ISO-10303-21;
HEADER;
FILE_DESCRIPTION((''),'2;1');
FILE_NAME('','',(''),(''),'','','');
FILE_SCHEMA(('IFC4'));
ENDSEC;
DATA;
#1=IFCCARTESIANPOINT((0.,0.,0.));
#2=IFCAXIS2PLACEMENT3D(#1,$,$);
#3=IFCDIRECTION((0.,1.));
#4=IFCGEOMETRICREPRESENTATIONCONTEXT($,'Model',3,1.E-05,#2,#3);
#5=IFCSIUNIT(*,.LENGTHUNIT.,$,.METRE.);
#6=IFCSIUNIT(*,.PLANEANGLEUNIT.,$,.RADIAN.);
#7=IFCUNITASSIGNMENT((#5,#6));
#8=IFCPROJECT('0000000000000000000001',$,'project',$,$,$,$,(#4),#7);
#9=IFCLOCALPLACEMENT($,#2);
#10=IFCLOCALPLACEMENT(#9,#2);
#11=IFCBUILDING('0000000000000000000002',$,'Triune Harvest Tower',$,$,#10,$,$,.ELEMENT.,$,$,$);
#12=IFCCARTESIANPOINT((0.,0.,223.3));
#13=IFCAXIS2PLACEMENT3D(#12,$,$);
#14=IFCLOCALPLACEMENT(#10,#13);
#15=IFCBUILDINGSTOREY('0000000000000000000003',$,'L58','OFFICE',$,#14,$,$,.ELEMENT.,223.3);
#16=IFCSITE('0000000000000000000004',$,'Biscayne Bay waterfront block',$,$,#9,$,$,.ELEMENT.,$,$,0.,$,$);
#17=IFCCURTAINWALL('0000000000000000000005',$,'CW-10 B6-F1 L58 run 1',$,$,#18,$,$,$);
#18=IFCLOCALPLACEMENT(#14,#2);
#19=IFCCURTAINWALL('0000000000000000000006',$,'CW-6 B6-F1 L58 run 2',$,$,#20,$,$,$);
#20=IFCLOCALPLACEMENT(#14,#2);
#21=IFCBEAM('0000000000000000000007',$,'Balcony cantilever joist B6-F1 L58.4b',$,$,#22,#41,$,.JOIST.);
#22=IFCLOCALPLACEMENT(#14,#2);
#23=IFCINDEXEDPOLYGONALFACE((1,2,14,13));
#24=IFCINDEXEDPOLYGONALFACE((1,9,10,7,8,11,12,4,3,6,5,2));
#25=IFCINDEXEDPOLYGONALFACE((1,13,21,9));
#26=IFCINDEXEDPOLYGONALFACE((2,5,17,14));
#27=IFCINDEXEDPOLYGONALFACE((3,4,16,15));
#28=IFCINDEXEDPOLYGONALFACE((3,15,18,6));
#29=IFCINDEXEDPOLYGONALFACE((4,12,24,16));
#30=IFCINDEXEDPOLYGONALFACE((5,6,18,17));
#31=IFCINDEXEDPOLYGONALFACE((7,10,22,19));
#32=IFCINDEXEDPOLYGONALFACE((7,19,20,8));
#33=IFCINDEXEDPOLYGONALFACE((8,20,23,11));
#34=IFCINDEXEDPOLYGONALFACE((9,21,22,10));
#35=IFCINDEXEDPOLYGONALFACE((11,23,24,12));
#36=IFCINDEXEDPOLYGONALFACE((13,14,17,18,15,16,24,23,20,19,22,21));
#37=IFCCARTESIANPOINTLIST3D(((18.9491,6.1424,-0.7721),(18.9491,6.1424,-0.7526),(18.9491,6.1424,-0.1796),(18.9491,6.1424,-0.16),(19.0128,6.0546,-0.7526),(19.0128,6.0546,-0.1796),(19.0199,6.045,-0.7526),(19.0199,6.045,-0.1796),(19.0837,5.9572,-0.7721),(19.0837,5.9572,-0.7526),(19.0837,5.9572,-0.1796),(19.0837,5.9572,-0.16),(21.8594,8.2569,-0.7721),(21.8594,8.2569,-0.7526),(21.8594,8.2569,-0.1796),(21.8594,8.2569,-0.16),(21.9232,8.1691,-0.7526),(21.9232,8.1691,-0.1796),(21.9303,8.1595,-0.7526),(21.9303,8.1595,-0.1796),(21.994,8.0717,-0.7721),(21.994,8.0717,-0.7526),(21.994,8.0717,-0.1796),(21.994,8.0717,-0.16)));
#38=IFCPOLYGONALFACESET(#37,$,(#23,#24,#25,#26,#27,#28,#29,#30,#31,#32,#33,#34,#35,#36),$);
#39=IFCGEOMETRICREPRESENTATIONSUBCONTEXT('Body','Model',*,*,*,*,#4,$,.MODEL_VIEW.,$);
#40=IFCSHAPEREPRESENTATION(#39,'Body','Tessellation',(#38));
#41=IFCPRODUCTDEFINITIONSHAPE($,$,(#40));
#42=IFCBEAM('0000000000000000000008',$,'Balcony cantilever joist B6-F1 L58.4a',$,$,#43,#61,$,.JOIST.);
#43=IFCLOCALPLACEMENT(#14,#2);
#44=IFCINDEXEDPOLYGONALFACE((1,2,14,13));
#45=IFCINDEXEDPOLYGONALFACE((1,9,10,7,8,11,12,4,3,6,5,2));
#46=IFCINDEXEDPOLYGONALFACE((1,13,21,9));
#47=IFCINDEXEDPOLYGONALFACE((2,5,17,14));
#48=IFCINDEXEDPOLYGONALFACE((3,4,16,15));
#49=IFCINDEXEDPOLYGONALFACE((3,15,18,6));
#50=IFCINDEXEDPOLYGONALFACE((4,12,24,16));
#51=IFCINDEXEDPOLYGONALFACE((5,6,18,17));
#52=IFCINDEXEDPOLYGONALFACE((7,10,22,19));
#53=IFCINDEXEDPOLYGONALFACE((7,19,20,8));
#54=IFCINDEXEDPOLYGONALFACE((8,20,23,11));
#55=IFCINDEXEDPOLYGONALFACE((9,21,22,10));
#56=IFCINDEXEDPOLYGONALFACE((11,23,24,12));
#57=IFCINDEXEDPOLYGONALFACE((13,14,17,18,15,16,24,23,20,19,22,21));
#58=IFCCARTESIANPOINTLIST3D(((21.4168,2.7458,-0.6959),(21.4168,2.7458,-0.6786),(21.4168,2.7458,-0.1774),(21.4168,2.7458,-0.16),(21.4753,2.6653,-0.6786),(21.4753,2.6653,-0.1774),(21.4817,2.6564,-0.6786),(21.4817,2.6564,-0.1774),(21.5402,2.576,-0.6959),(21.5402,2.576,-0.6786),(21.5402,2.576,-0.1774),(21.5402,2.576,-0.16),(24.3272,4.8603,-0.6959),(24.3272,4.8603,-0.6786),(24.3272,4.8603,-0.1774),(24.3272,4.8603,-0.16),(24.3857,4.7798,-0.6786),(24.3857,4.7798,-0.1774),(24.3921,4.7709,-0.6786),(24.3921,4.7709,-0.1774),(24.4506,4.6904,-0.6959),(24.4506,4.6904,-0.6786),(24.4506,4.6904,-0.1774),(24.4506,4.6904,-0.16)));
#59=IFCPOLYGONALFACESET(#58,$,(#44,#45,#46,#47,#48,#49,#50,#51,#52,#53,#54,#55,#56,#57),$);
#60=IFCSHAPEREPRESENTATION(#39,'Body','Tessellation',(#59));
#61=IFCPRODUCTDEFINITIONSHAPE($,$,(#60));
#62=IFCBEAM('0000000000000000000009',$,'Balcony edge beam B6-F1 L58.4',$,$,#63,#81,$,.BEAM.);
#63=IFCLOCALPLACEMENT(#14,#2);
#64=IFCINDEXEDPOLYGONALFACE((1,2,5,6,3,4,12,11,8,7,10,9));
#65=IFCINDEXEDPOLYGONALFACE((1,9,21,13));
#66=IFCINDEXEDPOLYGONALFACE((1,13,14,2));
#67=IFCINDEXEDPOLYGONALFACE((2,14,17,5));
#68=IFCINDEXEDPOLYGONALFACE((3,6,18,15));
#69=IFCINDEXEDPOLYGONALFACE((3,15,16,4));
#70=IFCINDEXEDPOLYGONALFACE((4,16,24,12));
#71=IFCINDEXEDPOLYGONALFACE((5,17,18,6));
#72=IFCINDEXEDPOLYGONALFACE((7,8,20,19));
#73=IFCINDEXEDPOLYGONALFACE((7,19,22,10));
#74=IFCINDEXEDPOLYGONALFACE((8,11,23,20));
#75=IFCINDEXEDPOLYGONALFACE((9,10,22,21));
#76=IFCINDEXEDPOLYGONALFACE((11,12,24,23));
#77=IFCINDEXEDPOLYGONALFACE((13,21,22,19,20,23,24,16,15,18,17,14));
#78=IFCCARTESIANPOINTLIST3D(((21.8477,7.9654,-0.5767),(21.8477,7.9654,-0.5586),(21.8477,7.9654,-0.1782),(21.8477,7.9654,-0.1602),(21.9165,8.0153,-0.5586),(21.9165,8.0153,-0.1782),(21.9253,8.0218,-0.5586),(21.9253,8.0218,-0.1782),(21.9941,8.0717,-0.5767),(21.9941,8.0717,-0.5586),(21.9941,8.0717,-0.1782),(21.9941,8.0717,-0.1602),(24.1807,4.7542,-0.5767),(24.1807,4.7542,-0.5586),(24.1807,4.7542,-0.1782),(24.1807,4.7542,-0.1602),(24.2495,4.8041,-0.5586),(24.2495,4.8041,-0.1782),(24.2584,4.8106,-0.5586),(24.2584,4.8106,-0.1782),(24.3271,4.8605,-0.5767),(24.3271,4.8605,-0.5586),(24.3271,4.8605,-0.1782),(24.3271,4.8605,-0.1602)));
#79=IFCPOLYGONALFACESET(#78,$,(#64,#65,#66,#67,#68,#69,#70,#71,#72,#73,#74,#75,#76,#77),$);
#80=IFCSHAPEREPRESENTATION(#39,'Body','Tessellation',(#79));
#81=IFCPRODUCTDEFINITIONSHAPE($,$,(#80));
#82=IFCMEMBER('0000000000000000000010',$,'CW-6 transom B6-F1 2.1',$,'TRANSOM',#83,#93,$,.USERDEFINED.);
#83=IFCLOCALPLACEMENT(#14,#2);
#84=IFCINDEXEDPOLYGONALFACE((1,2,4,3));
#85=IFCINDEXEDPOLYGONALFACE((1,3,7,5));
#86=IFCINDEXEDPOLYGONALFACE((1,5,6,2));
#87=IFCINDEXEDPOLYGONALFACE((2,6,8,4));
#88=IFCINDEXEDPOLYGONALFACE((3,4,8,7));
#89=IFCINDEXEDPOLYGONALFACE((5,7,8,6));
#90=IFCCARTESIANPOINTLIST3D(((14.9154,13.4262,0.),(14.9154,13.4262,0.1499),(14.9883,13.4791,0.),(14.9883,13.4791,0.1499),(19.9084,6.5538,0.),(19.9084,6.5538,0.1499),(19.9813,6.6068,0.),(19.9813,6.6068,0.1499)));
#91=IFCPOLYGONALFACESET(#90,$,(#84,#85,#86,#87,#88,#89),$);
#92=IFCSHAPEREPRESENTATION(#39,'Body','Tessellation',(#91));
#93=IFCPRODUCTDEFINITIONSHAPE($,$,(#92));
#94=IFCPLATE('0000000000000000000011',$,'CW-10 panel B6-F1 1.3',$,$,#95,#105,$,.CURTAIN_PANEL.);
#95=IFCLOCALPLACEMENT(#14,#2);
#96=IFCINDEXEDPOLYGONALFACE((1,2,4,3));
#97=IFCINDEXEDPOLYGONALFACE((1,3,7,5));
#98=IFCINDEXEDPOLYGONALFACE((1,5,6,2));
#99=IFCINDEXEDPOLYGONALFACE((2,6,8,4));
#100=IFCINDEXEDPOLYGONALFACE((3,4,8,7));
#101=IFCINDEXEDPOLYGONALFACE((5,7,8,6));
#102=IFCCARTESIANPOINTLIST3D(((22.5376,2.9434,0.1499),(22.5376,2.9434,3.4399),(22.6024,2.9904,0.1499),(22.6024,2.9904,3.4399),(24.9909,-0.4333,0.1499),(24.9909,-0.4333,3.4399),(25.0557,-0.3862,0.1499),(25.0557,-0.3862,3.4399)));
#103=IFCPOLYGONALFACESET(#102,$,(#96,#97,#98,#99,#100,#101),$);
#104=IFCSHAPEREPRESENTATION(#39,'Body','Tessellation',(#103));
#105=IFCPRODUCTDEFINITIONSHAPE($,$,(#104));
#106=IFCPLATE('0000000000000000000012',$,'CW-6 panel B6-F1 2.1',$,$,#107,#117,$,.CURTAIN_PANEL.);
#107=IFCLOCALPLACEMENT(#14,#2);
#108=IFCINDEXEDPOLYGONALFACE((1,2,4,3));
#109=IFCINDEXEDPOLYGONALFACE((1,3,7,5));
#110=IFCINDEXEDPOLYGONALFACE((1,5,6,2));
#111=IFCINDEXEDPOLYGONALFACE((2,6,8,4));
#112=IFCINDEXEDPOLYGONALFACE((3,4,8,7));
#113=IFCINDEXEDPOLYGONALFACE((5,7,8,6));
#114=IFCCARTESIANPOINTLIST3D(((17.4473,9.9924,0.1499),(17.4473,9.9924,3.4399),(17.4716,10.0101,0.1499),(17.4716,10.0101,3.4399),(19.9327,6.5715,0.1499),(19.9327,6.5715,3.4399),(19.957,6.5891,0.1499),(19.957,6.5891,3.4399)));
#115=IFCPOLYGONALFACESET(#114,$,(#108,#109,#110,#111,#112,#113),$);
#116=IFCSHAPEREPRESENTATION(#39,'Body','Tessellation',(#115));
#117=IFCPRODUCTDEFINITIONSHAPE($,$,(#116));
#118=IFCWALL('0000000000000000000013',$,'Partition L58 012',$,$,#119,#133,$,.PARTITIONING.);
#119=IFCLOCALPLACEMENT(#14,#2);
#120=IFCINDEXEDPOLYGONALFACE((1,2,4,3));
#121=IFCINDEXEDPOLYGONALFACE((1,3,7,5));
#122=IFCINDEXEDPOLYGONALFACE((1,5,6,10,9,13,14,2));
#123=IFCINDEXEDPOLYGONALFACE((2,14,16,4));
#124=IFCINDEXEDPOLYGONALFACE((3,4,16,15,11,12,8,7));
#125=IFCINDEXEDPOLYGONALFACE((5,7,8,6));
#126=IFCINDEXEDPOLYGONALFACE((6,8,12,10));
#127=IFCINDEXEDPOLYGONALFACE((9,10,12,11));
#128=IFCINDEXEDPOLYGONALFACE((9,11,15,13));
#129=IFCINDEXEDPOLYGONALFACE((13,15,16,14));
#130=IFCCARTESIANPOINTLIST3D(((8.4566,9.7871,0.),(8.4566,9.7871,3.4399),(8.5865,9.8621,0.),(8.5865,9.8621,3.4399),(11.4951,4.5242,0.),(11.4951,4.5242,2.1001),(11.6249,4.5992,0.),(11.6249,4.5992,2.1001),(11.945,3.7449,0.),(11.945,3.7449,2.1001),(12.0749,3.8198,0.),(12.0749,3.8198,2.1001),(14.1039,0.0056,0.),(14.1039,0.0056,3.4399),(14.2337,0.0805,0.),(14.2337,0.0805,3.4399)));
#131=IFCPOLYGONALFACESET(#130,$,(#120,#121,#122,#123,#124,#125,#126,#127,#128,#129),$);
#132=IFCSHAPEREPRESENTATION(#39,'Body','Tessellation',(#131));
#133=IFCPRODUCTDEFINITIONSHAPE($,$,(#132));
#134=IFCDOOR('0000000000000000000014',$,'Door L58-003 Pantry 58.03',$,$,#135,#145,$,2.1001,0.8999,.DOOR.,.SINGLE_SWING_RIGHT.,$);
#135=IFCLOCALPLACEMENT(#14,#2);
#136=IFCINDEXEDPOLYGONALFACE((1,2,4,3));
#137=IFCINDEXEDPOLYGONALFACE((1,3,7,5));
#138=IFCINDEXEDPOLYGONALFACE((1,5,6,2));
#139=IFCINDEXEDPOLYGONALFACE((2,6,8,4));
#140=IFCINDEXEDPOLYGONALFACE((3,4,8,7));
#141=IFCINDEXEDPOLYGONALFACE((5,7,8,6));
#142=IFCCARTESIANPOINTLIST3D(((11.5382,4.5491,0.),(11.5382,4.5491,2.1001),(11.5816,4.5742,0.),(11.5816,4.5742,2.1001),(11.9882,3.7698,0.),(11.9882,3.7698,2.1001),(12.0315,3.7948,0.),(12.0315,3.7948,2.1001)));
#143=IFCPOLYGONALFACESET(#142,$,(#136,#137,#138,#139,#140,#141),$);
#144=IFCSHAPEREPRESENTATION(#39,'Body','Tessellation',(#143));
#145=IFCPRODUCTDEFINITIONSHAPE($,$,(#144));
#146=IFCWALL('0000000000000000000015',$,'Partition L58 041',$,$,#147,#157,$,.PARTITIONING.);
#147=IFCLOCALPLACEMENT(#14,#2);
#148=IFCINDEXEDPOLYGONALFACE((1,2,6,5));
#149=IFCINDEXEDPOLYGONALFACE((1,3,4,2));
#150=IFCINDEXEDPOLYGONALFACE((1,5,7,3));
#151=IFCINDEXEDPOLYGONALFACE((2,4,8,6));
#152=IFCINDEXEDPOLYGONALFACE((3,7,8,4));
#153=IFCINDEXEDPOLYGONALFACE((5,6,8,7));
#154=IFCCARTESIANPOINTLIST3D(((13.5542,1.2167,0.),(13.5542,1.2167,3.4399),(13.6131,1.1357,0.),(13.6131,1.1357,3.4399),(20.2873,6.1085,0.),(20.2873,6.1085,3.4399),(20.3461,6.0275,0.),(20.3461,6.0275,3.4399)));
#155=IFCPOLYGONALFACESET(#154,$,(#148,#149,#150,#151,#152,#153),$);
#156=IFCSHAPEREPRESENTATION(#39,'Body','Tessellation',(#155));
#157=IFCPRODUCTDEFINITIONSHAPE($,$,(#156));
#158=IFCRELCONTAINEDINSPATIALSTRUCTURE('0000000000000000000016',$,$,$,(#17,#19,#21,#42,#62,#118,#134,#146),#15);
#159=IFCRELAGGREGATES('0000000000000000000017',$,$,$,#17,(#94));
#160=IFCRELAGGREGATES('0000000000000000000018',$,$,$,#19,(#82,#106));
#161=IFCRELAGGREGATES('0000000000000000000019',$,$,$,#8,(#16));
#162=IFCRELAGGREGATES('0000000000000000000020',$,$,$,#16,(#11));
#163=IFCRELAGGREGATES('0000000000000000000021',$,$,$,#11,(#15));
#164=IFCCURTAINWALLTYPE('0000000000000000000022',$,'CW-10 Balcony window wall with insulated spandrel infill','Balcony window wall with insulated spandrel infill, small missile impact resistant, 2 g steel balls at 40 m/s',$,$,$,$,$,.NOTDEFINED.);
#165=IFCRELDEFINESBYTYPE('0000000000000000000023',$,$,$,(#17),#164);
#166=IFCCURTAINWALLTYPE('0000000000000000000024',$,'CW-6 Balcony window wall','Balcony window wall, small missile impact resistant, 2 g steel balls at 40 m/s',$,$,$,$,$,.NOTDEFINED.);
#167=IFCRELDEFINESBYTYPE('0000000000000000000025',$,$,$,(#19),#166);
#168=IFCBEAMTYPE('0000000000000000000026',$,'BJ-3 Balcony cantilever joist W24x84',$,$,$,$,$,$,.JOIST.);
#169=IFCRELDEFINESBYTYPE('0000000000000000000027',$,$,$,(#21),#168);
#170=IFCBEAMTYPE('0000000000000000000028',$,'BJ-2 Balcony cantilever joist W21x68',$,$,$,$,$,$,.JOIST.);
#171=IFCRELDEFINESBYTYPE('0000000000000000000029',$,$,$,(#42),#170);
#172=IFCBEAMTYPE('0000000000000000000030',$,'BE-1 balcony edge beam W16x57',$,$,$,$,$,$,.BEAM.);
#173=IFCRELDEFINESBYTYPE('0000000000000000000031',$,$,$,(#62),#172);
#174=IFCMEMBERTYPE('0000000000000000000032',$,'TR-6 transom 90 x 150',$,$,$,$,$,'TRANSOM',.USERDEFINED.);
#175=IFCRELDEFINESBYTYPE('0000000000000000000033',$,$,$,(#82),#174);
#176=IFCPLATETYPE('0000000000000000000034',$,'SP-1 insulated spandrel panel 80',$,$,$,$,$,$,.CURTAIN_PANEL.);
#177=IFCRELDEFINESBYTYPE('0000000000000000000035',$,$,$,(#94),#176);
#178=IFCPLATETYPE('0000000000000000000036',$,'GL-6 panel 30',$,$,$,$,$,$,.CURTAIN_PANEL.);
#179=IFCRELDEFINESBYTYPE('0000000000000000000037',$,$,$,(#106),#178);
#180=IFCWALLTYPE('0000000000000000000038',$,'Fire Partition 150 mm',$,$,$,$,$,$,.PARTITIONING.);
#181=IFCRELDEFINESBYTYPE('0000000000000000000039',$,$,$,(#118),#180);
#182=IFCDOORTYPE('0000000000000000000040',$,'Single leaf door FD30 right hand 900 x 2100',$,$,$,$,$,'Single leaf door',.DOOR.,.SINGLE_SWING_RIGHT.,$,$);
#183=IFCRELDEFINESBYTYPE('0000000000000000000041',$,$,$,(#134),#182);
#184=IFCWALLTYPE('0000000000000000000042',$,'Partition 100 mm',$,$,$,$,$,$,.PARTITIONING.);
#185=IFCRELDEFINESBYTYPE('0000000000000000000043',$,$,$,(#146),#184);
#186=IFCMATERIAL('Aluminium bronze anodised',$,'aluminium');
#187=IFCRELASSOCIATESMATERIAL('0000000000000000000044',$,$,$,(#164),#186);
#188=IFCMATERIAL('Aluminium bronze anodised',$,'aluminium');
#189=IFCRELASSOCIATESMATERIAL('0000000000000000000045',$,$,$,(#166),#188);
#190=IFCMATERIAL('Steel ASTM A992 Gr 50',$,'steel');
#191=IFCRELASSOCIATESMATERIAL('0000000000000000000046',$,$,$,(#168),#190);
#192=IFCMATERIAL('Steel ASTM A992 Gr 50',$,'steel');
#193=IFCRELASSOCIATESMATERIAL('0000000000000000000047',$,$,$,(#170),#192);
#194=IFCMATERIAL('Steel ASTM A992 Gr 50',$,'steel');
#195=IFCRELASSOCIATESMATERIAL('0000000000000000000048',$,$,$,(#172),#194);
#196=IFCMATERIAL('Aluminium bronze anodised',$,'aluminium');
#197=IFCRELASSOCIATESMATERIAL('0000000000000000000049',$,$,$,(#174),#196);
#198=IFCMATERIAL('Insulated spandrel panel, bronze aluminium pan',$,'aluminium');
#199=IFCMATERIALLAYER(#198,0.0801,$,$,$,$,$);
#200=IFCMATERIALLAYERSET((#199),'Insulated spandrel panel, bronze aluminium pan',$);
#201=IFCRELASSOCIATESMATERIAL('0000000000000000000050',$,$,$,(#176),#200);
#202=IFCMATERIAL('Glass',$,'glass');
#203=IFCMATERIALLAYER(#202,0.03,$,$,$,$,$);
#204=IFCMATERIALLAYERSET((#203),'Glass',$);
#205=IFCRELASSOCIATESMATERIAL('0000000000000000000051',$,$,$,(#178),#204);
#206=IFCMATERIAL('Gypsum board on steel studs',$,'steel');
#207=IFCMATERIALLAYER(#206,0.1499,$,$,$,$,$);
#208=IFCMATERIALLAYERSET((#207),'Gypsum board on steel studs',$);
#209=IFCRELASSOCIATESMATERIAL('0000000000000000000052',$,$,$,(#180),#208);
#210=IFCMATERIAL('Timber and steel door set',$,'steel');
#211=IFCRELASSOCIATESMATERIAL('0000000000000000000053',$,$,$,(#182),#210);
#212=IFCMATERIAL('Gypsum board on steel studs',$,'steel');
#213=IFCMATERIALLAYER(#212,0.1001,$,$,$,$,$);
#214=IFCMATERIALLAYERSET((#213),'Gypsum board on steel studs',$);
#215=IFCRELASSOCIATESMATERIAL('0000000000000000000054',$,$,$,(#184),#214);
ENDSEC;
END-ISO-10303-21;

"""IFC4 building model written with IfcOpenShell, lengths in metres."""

from ifc_helpers import new_model, si_unit, direction, frame, frame_2d, origin, origin_2d, place, context, subcontext, project, spatial, rectangle, i_section, extrude, source, transform, mapped, material, layer, layer_set, material_profile, profile_set, type_object, element, fill, aggregate, save


model = new_model("IFC4")

# Units and contexts
model_context = context("Model", 3, precision=1e-05, world=origin(), true_north=direction((0.0, 1.0)))
body_context = subcontext(model_context, "Body", "Model", "MODEL_VIEW")
ifc_project = project(units=[si_unit("LENGTHUNIT", "METRE"), si_unit("PLANEANGLEUNIT", "RADIAN")], contexts=[model_context])

# Site, building, storey
site_placement = place(None, origin())
site = spatial("IfcSite", under=ifc_project, at=site_placement, Name="Biscayne Bay waterfront block", CompositionType="ELEMENT", RefElevation=0.0)
building_placement = place(site_placement, origin())
building = spatial("IfcBuilding", under=site, at=building_placement, Name="Triune Harvest Tower", CompositionType="ELEMENT")
storey_placement = place(building_placement, frame((0.0, 0.0, 223.3)))
storey = spatial("IfcBuildingStorey", under=building, at=storey_placement, Name="L58", Description="OFFICE", CompositionType="ELEMENT", Elevation=223.3)

# Curtain walls
ifc_material_1 = material(Name="Aluminium bronze anodised", Category="aluminium")
curtain_wall_type_1 = type_object("IfcCurtainWallType", Name="CW-10 Balcony window wall with insulated spandrel infill", Description="Balcony window wall with insulated spandrel infill, small missile impact resistant, 2 g steel balls at 40 m/s", PredefinedType="NOTDEFINED", material=ifc_material_1)
curtain_wall_1_placement = place(storey_placement, origin())
curtain_wall_1 = element("IfcCurtainWall", 1, at=curtain_wall_1_placement, inside=storey, type_object=curtain_wall_type_1, Name="CW-10 B6-F1 L58 run 1")
ifc_material_2 = material(Name="Aluminium bronze anodised", Category="aluminium")
curtain_wall_type_2 = type_object("IfcCurtainWallType", Name="CW-6 Balcony window wall", Description="Balcony window wall, small missile impact resistant, 2 g steel balls at 40 m/s", PredefinedType="NOTDEFINED", material=ifc_material_2)
curtain_wall_2_placement = place(storey_placement, origin())
curtain_wall_2 = element("IfcCurtainWall", 2, at=curtain_wall_2_placement, inside=storey, type_object=curtain_wall_type_2, Name="CW-6 B6-F1 L58 run 2")

# Beams
ifc_material_3 = material(Name="Steel ASTM A992 Gr 50", Category="steel")
ifc_material_profile_1 = material_profile(ifc_material_3, i_section(OverallWidth=0.229, OverallDepth=0.6121, WebThickness=0.012, FlangeThickness=0.0195, at=origin_2d()), Name="W24x84")
ifc_profile_set_1 = profile_set([ifc_material_profile_1], Name="Steel ASTM A992 Gr 50")
beam_type_1 = type_object("IfcBeamType", Name="BJ-3 Balcony cantilever joist W24x84", PredefinedType="JOIST", material=ifc_profile_set_1)
shared_shape_1 = source(origin(), body_context, "Body", "SweptSolid", [
    extrude(i_section(OverallWidth=0.229, OverallDepth=0.6121, WebThickness=0.012, FlangeThickness=0.0195, at=origin_2d()), origin(), (0.0, 0.0, 1.0), 3.5974),
])
beam_1_placement = place(storey_placement, frame((19.0164, 6.0498, -0.4661), z_axis=(0.809021, 0.58778, 0.0), x_axis=(-0.58778, 0.809021, 0.0)))
element("IfcBeam", 3, at=beam_1_placement, inside=storey, type_object=beam_type_1, Name="Balcony cantilever joist B6-F1 L58.4b", PredefinedType="JOIST", context=body_context, shape_type="MappedRepresentation", body=[
    mapped(shared_shape_1, transform((0.0, 0.0, 0.0), scale=1.0)),
])
ifc_material_4 = material(Name="Steel ASTM A992 Gr 50", Category="steel")
ifc_material_profile_2 = material_profile(ifc_material_4, i_section(OverallWidth=0.21, OverallDepth=0.5359, WebThickness=0.011, FlangeThickness=0.0173, at=origin_2d()), Name="W21x68")
ifc_profile_set_2 = profile_set([ifc_material_profile_2], Name="Steel ASTM A992 Gr 50")
beam_type_2 = type_object("IfcBeamType", Name="BJ-2 Balcony cantilever joist W21x68", PredefinedType="JOIST", material=ifc_profile_set_2)
shared_shape_2 = source(origin(), body_context, "Body", "SweptSolid", [
    extrude(i_section(OverallWidth=0.21, OverallDepth=0.5359, WebThickness=0.011, FlangeThickness=0.0173, at=origin_2d()), origin(), (0.0, 0.0, 1.0), 3.5974),
])
beam_2_placement = place(storey_placement, frame((21.4785, 2.6609, -0.428), z_axis=(0.809021, 0.58778, 0.0), x_axis=(-0.58778, 0.809021, 0.0)))
element("IfcBeam", 4, at=beam_2_placement, inside=storey, type_object=beam_type_2, Name="Balcony cantilever joist B6-F1 L58.4a", PredefinedType="JOIST", context=body_context, shape_type="MappedRepresentation", body=[
    mapped(shared_shape_2, transform((0.0, 0.0, 0.0), scale=1.0)),
])
ifc_material_5 = material(Name="Steel ASTM A992 Gr 50", Category="steel")
ifc_material_profile_3 = material_profile(ifc_material_5, i_section(OverallWidth=0.1809, OverallDepth=0.4165, WebThickness=0.011, FlangeThickness=0.0181, at=origin_2d()), Name="W16x57")
ifc_profile_set_3 = profile_set([ifc_material_profile_3], Name="Steel ASTM A992 Gr 50")
beam_type_3 = type_object("IfcBeamType", Name="BE-1 balcony edge beam W16x57", PredefinedType="BEAM", material=ifc_profile_set_3)
shared_shape_3 = source(origin(), body_context, "Body", "SweptSolid", [
    extrude(i_section(OverallWidth=0.1809, OverallDepth=0.4165, WebThickness=0.011, FlangeThickness=0.0181, at=origin_2d()), origin(), (0.0, 0.0, 1.0), 3.9692),
])
beam_3_placement = place(storey_placement, frame((21.9209, 8.0186, -0.3684), z_axis=(0.587777, -0.809023, 0.0), x_axis=(0.809023, 0.587777, 0.0)))
element("IfcBeam", 5, at=beam_3_placement, inside=storey, type_object=beam_type_3, Name="Balcony edge beam B6-F1 L58.4", PredefinedType="BEAM", context=body_context, shape_type="MappedRepresentation", body=[
    mapped(shared_shape_3, transform((0.0, 0.0, 0.0), scale=1.0)),
])

# Member
ifc_material_6 = material(Name="Aluminium bronze anodised", Category="aluminium")
ifc_material_profile_4 = material_profile(ifc_material_6, rectangle(XDim=0.0901, YDim=0.1499, at=origin_2d()), Name="TR-6 transom 90 x 150")
ifc_profile_set_4 = profile_set([ifc_material_profile_4], Name="Aluminium bronze anodised")
member_type_1 = type_object("IfcMemberType", Name="TR-6 transom 90 x 150", ElementType="TRANSOM", PredefinedType="USERDEFINED", material=ifc_profile_set_4)
shared_shape_4 = source(origin(), body_context, "Body", "SweptSolid", [
    extrude(rectangle(XDim=0.0901, YDim=0.1499, at=origin_2d()), origin(), (0.0, 0.0, 1.0), 8.4946),
])
member_1_placement = place(storey_placement, frame((19.9448, 6.5803, 0.075), z_axis=(-0.587777, 0.809023, 0.0), x_axis=(-0.809023, -0.587777, 0.0)))
member_1 = element("IfcMember", 6, at=member_1_placement, type_object=member_type_1, Name="CW-6 transom B6-F1 2.1", ObjectType="TRANSOM", PredefinedType="USERDEFINED", context=body_context, shape_type="MappedRepresentation", body=[
    mapped(shared_shape_4, transform((0.0, 0.0, 0.0), scale=1.0)),
])

# Plates
ifc_material_7 = material(Name="Insulated spandrel panel, bronze aluminium pan", Category="aluminium")
ifc_layer_1 = layer(ifc_material_7, 0.0801)
ifc_layer_set_1 = layer_set([ifc_layer_1], Name="Insulated spandrel panel, bronze aluminium pan")
plate_type_1 = type_object("IfcPlateType", Name="SP-1 insulated spandrel panel 80", PredefinedType="CURTAIN_PANEL", material=ifc_layer_set_1)
shared_shape_5 = source(origin(), body_context, "Body", "SweptSolid", [
    extrude(rectangle(XDim=4.1738, YDim=0.0801, at=origin_2d()), origin(), (0.0, 0.0, 1.0), 3.29),
])
plate_1_placement = place(storey_placement, frame((23.7966, 1.2786, 0.1499), z_axis=(0.0, 0.0, 1.0), x_axis=(-0.587786, 0.809017, 0.0)))
plate_1 = element("IfcPlate", 7, at=plate_1_placement, type_object=plate_type_1, Name="CW-10 panel B6-F1 1.3", PredefinedType="CURTAIN_PANEL", context=body_context, shape_type="MappedRepresentation", body=[
    mapped(shared_shape_5, transform((0.0, 0.0, 0.0), scale=1.0)),
])
aggregate(curtain_wall_1, [plate_1])
ifc_material_8 = material(Name="Glass", Category="glass")
ifc_layer_2 = layer(ifc_material_8, 0.03)
ifc_layer_set_2 = layer_set([ifc_layer_2], Name="Glass")
plate_type_2 = type_object("IfcPlateType", Name="GL-6 panel 30", PredefinedType="CURTAIN_PANEL", material=ifc_layer_set_2)
shared_shape_6 = source(origin(), body_context, "Body", "SweptSolid", [
    extrude(rectangle(XDim=4.2285, YDim=0.03, at=origin_2d()), origin(), (0.0, 0.0, 1.0), 3.29),
])
plate_2_placement = place(storey_placement, frame((18.7021, 8.2908, 0.1499), z_axis=(0.0, 0.0, 1.0), x_axis=(-0.587786, 0.809017, 0.0)))
plate_2 = element("IfcPlate", 8, at=plate_2_placement, type_object=plate_type_2, Name="CW-6 panel B6-F1 2.1", PredefinedType="CURTAIN_PANEL", context=body_context, shape_type="MappedRepresentation", body=[
    mapped(shared_shape_6, transform((0.0, 0.0, 0.0), scale=1.0)),
])
aggregate(curtain_wall_2, [member_1, plate_2])

# Wall, opening, door
ifc_material_9 = material(Name="Gypsum board on steel studs", Category="steel")
ifc_layer_3 = layer(ifc_material_9, 0.1499)
ifc_layer_set_3 = layer_set([ifc_layer_3], Name="Gypsum board on steel studs")
wall_type_1 = type_object("IfcWallType", Name="Fire Partition 150 mm", PredefinedType="PARTITIONING", material=ifc_layer_set_3)
wall_1_placement = place(storey_placement, frame((8.5215, 9.8247, 0.0), z_axis=(0.0, 0.0, 1.0), x_axis=(0.499991, -0.86603, 0.0)))
wall_1 = element("IfcWall", 9, at=wall_1_placement, inside=storey, type_object=wall_type_1, Name="Partition L58 012", PredefinedType="PARTITIONING", context=body_context, shape_type="SweptSolid", body=[
    extrude(rectangle(XDim=11.2947, YDim=0.1499, at=frame_2d((5.6475, 0.0))), origin(), (0.0, 0.0, 1.0), 3.4399),
])
opening_1_placement = place(wall_1_placement, frame((6.0771, 0.0, 0.0)))
opening_1 = element("IfcOpeningElement", 10, at=opening_1_placement, cuts=wall_1, PredefinedType="OPENING", context=body_context, shape_type="SweptSolid", body=[
    extrude(rectangle(XDim=0.8999, YDim=2.1001, at=frame_2d((0.45, 1.05))), frame((0.0, 0.085, 0.0), z_axis=(0.0, -1.0, 0.0), x_axis=(1.0, 0.0, 0.0)), (0.0, 0.0, 1.0), 0.1699),
])
ifc_material_10 = material(Name="Timber and steel door set", Category="steel")
door_type_1 = type_object("IfcDoorType", Name="Single leaf door FD30 right hand 900 x 2100", ElementType="Single leaf door", OperationType="SINGLE_SWING_RIGHT", PredefinedType="DOOR", material=ifc_material_10)
door_1_placement = place(opening_1_placement, origin())
door_1 = element("IfcDoor", 11, at=door_1_placement, inside=storey, type_object=door_type_1, Name="Door L58-003 Pantry 58.03", OperationType="SINGLE_SWING_RIGHT", OverallHeight=2.1001, OverallWidth=0.8999, PredefinedType="DOOR", context=body_context, shape_type="SweptSolid", body=[
    extrude(rectangle(XDim=0.8999, YDim=2.1001, at=frame_2d((0.45, 1.05))), frame((0.0, 0.0249, 0.0), z_axis=(0.0, -1.0, 0.0), x_axis=(1.0, 0.0, 0.0)), (0.0, 0.0, 1.0), 0.05),
])
fill(opening_1, door_1)

# Wall
ifc_material_11 = material(Name="Gypsum board on steel studs", Category="steel")
ifc_layer_4 = layer(ifc_material_11, 0.1001)
ifc_layer_set_4 = layer_set([ifc_layer_4], Name="Gypsum board on steel studs")
wall_type_2 = type_object("IfcWallType", Name="Partition 100 mm", PredefinedType="PARTITIONING", material=ifc_layer_set_4)
wall_2_placement = place(storey_placement, frame((13.5837, 1.1763, 0.0), z_axis=(0.0, 0.0, 1.0), x_axis=(0.809021, 0.587779, 0.0)))
element("IfcWall", 12, at=wall_2_placement, inside=storey, type_object=wall_type_2, Name="Partition L58 041", PredefinedType="PARTITIONING", context=body_context, shape_type="SweptSolid", body=[
    extrude(rectangle(XDim=8.3225, YDim=0.1001, at=frame_2d((4.1611, 0.0))), origin(), (0.0, 0.0, 1.0), 3.4399),
])

save(model, "model.ifc")
